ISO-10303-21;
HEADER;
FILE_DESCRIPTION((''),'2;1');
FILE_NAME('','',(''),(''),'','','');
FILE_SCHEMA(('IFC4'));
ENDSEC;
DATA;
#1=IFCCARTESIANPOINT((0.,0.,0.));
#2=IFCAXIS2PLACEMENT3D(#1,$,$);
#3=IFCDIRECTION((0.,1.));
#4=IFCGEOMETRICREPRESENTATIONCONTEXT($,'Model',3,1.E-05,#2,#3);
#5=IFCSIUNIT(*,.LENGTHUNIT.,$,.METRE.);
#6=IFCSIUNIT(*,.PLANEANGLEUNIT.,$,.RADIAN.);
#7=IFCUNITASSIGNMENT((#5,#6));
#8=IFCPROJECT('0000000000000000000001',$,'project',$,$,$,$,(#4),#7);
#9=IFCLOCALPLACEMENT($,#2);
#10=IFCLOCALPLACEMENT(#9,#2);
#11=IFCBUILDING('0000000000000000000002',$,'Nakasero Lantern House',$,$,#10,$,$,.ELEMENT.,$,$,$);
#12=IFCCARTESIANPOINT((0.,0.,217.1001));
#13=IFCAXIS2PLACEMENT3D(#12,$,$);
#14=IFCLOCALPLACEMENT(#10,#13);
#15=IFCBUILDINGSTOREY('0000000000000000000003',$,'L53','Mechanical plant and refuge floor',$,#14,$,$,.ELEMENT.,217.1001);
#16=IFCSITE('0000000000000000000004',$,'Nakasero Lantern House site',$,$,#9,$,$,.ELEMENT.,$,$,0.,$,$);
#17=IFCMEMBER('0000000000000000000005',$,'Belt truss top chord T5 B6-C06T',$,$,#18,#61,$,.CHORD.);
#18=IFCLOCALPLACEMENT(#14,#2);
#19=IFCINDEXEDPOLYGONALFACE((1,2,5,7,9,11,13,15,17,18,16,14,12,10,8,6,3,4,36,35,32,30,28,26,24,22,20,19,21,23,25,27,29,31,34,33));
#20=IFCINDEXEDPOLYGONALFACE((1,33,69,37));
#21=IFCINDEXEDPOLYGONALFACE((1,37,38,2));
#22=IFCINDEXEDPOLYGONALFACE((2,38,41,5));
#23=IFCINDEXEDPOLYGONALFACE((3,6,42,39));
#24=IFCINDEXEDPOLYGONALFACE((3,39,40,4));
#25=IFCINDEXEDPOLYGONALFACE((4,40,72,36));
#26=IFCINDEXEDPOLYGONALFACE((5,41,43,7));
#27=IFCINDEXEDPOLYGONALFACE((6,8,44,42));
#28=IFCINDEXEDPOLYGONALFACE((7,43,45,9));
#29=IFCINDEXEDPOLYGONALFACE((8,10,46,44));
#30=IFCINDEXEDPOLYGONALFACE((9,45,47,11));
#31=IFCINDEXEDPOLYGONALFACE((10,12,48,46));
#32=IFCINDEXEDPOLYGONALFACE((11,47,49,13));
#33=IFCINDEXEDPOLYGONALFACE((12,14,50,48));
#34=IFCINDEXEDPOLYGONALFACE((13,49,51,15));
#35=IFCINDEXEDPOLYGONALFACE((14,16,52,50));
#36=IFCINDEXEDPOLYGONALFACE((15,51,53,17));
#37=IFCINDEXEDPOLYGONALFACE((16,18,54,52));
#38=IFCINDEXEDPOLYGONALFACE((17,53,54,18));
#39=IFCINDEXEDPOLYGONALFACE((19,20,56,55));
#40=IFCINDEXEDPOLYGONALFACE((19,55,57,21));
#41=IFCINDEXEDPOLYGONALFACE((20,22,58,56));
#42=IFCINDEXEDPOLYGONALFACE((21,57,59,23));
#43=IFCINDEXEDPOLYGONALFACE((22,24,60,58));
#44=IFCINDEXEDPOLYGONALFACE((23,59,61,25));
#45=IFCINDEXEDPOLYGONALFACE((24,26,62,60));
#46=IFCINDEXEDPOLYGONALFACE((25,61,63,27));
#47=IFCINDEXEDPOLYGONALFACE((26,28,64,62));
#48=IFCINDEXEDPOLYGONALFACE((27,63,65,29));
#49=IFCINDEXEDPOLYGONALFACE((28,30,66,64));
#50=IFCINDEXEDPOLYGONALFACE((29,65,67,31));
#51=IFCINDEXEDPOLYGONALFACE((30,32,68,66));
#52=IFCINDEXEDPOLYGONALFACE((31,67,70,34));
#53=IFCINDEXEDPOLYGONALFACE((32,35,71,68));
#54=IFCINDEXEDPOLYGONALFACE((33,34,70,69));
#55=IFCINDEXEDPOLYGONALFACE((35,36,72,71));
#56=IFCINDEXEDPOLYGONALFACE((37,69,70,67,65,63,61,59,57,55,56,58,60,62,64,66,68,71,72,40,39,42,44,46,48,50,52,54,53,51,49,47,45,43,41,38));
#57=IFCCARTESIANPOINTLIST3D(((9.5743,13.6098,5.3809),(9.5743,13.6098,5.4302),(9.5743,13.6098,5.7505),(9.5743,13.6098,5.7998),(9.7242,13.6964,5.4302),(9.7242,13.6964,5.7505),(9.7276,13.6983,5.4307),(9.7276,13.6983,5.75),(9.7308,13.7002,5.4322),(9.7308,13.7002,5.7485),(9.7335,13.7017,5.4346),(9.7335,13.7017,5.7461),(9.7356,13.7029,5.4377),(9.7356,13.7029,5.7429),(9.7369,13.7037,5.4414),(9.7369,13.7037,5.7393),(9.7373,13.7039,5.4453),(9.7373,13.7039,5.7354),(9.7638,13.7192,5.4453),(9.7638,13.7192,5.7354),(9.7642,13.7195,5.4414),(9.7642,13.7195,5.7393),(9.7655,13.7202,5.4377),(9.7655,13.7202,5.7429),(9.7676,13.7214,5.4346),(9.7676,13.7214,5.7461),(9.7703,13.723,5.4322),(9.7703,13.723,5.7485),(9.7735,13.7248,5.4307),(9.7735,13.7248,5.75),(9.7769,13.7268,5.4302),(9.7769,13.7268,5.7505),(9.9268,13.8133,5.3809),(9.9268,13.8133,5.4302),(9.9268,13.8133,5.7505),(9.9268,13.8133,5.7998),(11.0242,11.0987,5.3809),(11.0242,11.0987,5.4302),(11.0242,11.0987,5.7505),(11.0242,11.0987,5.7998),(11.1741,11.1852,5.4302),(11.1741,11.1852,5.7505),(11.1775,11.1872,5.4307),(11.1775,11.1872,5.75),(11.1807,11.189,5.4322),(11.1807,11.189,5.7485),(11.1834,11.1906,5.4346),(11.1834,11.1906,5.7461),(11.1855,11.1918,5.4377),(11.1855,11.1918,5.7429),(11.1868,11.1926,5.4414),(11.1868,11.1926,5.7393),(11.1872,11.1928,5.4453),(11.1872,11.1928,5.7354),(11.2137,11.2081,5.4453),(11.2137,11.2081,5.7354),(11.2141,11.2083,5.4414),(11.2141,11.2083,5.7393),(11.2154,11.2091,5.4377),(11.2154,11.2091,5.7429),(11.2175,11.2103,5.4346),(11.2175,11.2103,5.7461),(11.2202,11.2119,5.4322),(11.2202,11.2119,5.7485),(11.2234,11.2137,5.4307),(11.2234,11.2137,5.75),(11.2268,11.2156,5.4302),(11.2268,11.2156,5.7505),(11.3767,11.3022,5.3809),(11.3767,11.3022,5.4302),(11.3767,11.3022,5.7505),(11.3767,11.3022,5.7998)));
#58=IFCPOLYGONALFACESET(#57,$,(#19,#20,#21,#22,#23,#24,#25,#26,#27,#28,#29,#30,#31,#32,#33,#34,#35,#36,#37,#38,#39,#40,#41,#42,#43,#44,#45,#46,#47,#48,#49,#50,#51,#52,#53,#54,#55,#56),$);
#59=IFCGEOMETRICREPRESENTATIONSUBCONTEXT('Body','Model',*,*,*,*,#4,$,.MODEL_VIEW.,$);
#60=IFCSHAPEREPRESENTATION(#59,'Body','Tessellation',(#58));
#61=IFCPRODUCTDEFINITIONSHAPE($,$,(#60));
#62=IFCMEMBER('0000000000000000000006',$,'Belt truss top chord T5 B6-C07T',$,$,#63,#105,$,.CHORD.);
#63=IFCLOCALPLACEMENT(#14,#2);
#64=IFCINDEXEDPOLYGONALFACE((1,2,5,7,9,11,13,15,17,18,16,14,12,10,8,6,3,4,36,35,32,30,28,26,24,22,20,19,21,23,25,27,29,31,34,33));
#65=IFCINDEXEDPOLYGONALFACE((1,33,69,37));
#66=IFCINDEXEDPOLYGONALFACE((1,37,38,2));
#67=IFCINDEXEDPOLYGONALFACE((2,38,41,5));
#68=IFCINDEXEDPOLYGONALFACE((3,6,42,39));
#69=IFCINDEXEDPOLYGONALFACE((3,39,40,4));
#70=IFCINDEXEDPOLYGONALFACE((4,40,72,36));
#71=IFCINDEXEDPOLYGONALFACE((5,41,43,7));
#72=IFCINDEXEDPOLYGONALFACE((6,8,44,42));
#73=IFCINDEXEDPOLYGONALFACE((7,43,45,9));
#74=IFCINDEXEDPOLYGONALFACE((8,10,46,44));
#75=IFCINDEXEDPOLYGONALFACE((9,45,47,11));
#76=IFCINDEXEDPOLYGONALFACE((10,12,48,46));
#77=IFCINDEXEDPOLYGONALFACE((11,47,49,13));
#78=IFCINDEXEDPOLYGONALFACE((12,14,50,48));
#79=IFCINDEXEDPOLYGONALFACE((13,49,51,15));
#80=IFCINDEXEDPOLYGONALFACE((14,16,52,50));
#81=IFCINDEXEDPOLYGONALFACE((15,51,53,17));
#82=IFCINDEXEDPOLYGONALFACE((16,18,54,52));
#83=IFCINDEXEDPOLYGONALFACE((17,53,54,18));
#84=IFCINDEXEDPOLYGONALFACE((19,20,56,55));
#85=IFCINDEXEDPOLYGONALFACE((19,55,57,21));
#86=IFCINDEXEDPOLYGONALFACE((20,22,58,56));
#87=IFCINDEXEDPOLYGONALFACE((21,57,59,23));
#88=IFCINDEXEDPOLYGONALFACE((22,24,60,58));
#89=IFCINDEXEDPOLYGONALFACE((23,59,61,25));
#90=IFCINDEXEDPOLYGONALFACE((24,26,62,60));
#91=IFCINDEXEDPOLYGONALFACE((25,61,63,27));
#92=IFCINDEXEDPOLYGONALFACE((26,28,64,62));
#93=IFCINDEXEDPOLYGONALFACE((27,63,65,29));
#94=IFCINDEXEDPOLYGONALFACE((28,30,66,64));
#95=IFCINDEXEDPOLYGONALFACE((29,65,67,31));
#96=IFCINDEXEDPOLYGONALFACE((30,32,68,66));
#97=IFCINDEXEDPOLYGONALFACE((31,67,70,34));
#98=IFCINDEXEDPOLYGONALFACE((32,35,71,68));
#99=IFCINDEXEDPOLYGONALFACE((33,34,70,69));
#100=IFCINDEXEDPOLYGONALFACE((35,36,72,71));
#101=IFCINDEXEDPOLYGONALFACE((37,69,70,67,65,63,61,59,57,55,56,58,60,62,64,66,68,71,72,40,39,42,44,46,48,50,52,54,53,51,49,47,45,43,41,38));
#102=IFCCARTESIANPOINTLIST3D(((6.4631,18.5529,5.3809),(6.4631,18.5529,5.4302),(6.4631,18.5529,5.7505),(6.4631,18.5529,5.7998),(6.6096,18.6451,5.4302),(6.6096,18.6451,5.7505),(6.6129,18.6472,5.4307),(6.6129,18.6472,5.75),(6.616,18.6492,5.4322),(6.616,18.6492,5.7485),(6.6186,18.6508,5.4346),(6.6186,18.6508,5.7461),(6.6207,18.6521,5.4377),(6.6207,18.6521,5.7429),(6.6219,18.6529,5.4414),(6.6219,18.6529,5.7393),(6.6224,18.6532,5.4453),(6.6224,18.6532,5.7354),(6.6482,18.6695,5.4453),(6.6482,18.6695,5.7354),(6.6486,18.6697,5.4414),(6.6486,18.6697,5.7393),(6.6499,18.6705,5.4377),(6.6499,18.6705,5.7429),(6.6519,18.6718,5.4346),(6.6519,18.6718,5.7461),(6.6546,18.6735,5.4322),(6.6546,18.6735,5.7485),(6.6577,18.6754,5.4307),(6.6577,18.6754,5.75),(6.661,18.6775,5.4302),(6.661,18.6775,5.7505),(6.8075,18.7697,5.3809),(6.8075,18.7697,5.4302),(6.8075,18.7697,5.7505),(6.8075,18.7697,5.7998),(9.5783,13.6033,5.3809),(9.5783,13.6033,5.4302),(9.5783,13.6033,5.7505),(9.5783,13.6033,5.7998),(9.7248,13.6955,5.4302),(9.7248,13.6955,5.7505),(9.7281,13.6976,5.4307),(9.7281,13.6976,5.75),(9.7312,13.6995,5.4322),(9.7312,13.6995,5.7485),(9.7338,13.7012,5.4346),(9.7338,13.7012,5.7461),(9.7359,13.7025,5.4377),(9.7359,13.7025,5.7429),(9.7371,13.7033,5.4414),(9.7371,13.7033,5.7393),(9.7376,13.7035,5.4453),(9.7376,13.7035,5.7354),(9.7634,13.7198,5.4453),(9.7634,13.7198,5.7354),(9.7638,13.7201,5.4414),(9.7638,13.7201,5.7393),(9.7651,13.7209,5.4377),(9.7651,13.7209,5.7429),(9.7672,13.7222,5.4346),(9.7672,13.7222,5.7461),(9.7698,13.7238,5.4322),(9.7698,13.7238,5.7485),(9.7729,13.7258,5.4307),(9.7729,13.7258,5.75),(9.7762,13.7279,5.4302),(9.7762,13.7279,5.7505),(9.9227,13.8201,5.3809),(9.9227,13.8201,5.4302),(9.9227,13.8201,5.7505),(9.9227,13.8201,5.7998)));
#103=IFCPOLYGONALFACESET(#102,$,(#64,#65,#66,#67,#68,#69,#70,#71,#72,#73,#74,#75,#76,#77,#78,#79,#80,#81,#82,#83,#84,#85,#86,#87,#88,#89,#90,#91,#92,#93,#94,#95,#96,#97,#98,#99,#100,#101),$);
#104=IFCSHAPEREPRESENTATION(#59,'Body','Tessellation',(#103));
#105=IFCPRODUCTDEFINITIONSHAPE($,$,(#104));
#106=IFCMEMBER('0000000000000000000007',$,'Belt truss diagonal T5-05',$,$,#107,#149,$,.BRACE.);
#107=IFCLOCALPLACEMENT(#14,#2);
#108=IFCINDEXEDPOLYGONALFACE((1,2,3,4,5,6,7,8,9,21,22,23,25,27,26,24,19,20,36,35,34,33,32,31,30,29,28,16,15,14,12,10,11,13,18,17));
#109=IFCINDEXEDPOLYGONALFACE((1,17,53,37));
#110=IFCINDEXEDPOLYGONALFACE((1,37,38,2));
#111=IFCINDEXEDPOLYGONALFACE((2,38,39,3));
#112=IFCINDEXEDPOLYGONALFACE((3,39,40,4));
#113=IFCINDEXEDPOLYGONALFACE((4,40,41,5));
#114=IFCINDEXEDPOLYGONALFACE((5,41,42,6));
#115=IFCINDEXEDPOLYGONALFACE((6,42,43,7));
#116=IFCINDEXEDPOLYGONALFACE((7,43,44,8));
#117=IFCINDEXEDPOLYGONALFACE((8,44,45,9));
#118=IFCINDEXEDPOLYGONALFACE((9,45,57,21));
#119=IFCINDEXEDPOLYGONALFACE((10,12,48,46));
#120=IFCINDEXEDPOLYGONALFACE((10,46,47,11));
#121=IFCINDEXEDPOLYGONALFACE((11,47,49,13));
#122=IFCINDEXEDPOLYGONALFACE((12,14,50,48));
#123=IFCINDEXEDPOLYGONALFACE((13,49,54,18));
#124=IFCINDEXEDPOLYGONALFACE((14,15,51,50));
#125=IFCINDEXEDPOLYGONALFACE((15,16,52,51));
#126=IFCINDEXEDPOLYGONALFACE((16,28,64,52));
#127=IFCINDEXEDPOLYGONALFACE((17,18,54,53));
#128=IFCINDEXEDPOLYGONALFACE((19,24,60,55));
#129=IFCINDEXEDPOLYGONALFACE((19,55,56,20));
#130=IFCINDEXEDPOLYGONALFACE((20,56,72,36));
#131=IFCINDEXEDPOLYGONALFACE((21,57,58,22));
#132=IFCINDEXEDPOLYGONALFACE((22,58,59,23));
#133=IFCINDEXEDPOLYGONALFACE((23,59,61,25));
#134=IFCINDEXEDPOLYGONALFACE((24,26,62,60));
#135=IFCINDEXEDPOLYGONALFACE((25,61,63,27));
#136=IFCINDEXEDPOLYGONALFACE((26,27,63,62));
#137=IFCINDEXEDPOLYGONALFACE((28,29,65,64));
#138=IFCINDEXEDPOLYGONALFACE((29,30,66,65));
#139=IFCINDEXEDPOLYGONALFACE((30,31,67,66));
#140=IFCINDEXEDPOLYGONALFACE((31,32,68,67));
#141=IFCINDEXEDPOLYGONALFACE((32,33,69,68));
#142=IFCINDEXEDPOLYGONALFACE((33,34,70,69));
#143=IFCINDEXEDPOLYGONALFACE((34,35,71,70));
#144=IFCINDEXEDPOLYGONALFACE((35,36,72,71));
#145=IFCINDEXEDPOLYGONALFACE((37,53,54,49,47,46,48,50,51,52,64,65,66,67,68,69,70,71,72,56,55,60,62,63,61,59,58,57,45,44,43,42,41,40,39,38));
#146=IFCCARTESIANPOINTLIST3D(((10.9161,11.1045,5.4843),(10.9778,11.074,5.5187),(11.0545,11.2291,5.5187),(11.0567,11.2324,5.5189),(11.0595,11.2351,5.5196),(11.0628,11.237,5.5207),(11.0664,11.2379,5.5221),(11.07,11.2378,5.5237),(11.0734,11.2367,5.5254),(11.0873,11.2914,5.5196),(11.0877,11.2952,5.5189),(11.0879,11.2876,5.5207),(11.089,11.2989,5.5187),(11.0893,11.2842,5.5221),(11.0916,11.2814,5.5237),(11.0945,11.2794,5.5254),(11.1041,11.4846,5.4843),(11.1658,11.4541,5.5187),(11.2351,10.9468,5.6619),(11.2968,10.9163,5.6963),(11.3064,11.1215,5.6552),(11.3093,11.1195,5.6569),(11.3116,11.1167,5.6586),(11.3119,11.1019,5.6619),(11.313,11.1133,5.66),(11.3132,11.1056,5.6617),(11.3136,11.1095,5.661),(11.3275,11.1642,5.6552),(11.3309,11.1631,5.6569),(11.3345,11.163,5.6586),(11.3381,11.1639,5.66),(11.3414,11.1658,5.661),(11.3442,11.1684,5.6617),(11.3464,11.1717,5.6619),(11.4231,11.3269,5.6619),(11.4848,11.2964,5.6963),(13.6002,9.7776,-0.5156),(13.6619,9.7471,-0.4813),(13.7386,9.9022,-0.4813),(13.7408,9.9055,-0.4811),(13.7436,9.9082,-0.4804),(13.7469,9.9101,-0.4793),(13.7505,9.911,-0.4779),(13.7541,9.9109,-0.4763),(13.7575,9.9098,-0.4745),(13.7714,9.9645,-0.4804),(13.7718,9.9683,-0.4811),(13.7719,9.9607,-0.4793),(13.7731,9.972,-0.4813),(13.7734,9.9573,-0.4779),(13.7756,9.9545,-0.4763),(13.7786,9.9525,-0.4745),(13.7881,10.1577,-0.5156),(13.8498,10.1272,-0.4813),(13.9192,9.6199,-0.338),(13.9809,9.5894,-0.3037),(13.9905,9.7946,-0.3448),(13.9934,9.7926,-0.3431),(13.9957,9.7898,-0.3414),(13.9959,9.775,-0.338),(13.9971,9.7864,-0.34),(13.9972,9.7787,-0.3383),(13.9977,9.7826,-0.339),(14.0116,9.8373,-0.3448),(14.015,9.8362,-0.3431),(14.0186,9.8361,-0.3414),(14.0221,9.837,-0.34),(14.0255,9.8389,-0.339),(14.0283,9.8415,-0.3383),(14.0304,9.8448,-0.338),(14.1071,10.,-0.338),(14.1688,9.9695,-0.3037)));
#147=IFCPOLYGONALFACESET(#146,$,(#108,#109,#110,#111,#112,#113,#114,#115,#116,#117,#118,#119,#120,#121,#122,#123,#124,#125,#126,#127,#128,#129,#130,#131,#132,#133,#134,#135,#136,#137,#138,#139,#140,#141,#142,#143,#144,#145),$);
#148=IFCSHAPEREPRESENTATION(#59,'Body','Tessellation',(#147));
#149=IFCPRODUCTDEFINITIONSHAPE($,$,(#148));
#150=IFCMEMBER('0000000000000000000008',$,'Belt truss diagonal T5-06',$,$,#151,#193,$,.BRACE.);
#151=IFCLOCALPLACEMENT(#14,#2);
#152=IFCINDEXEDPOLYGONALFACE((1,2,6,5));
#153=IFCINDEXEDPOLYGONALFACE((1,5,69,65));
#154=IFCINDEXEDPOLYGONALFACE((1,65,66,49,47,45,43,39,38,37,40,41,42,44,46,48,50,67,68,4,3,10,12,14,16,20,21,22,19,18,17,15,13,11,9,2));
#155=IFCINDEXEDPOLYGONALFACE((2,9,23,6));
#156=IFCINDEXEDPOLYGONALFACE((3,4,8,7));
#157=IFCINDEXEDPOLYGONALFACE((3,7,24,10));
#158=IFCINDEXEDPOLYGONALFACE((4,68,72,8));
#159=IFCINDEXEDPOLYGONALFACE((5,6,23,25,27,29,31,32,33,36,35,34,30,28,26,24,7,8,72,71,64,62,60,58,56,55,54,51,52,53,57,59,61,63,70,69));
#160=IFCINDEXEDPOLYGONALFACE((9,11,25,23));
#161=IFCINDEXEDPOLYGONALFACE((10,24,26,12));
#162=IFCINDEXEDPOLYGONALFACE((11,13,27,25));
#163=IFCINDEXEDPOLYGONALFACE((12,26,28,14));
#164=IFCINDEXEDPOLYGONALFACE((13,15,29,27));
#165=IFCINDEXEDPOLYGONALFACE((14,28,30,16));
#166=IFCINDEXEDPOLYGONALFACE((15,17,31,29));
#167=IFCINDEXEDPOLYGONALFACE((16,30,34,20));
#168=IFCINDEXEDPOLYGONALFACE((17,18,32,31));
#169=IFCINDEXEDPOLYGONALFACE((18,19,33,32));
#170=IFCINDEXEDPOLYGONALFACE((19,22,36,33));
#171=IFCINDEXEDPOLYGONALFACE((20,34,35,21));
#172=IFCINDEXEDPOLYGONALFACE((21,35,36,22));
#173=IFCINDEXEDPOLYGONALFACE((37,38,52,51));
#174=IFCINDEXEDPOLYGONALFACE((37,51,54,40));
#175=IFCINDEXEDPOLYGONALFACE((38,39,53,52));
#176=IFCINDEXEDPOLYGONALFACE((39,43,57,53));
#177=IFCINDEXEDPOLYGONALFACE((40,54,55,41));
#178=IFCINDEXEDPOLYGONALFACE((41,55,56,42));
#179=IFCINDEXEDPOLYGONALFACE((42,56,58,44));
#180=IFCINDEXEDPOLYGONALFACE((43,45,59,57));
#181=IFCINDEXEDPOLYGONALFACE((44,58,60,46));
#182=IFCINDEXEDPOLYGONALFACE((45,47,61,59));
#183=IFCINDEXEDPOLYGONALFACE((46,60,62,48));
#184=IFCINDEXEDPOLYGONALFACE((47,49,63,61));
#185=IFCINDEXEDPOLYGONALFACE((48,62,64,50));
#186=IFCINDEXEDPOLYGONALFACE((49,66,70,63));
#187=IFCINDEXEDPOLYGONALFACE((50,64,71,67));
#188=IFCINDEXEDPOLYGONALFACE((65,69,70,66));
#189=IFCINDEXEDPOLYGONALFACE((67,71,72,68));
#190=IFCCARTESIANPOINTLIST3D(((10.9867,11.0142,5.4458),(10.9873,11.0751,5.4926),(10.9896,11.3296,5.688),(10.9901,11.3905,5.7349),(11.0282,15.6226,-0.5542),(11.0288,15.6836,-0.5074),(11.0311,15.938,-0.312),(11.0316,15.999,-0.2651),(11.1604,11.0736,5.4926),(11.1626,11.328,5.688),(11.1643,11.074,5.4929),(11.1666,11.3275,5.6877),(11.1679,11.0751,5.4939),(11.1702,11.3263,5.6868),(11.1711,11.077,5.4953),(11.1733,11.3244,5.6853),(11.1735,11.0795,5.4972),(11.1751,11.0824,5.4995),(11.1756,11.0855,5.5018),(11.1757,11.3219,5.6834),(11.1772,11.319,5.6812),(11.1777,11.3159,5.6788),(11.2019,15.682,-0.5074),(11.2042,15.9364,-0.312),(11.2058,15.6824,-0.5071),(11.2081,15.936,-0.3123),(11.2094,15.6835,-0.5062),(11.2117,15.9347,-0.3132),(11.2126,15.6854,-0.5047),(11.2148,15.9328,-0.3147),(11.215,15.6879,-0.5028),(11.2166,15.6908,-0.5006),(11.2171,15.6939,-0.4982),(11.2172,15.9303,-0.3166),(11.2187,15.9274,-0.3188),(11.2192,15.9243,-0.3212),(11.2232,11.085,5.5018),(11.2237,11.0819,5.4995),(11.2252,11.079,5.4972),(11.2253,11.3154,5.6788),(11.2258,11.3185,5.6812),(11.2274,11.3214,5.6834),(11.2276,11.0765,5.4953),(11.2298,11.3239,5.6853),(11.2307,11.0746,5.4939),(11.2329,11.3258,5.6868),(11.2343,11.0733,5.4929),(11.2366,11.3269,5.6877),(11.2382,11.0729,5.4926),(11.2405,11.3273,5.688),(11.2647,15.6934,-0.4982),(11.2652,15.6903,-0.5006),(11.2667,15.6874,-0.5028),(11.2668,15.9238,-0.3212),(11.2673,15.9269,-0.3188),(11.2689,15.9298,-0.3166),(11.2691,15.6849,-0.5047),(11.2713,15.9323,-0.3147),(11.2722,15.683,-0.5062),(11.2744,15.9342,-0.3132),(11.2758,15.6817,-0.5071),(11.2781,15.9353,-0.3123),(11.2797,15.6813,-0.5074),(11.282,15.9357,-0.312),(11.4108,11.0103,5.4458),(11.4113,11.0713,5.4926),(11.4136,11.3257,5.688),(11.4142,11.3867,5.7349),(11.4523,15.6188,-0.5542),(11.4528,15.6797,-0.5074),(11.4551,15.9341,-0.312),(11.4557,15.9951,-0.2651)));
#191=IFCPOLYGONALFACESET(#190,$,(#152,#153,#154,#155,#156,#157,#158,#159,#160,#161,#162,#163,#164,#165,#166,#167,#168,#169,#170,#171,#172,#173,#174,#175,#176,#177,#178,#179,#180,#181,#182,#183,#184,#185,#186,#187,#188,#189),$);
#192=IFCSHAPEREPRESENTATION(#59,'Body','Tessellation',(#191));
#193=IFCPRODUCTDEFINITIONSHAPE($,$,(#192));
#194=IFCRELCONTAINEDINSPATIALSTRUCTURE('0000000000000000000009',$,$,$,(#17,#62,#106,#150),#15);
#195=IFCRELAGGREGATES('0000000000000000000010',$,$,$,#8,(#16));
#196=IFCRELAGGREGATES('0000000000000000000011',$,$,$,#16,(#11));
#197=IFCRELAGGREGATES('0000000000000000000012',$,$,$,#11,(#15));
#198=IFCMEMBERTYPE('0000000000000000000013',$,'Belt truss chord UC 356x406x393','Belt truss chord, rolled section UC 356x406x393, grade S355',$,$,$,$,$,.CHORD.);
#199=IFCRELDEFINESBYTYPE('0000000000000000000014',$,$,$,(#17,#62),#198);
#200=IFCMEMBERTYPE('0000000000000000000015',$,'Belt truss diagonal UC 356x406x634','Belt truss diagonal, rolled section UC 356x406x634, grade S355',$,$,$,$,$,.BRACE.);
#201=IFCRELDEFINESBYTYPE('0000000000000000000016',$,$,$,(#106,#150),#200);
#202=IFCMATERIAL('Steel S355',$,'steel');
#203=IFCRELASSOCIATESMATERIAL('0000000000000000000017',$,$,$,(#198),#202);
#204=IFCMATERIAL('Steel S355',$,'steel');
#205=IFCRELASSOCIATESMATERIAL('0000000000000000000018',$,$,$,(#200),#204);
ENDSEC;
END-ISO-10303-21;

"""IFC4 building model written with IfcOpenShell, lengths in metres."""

from ifc_helpers import new_model, si_unit, direction, frame, origin, origin_2d, place, context, subcontext, project, spatial, i_section, extrude, material, material_profile, profile_set, type_object, element, save


model = new_model("IFC4")

# Units and contexts
model_context = context("Model", 3, precision=1e-05, world=origin(), true_north=direction((0.0, 1.0)))
body_context = subcontext(model_context, "Body", "Model", "MODEL_VIEW")
ifc_project = project(units=[si_unit("LENGTHUNIT", "METRE"), si_unit("PLANEANGLEUNIT", "RADIAN")], contexts=[model_context])

# Site, building, storey
site_placement = place(None, origin())
site = spatial("IfcSite", under=ifc_project, at=site_placement, Name="Nakasero Lantern House site", CompositionType="ELEMENT", RefElevation=0.0)
building_placement = place(site_placement, origin())
building = spatial("IfcBuilding", under=site, at=building_placement, Name="Nakasero Lantern House", CompositionType="ELEMENT")
storey_placement = place(building_placement, frame((0.0, 0.0, 217.1001)))
storey = spatial("IfcBuildingStorey", under=building, at=storey_placement, Name="L53", Description="Mechanical plant and refuge floor", CompositionType="ELEMENT", Elevation=217.1001)

# Members
ifc_material_1 = material(Name="Steel S355", Category="steel")
ifc_material_profile_1 = material_profile(ifc_material_1, i_section(OverallWidth=0.407, OverallDepth=0.4189, WebThickness=0.0305, FlangeThickness=0.0493, FilletRadius=0.0151, at=origin_2d()), Name="UC 356x406x393")
ifc_profile_set_1 = profile_set([ifc_material_profile_1], Name="Steel S355")
member_type_1 = type_object("IfcMemberType", Name="Belt truss chord UC 356x406x393", Description="Belt truss chord, rolled section UC 356x406x393, grade S355", PredefinedType="CHORD", material=ifc_profile_set_1)
member_1_placement = place(storey_placement, frame((11.2004, 11.2004, 5.5903), z_axis=(-0.500024, 0.866012, 0.0), x_axis=(-0.866012, -0.500024, 0.0)))
element("IfcMember", 1, at=member_1_placement, inside=storey, type_object=member_type_1, Name="Belt truss top chord T5 B6-C06T", PredefinedType="CHORD", context=body_context, shape_type="SweptSolid", body=[
    extrude(i_section(OverallWidth=0.407, OverallDepth=0.4189, WebThickness=0.0305, FlangeThickness=0.0493, FilletRadius=0.0151, at=origin_2d()), origin(), (0.0, 0.0, 1.0), 2.8997),
])
member_2_placement = place(storey_placement, frame((9.7505, 13.7117, 5.5903), z_axis=(-0.53266, 0.846329, 0.0), x_axis=(-0.846329, -0.53266, 0.0)))
element("IfcMember", 2, at=member_2_placement, inside=storey, type_object=member_type_1, Name="Belt truss top chord T5 B6-C07T", PredefinedType="CHORD", context=body_context, shape_type="SweptSolid", body=[
    extrude(i_section(OverallWidth=0.407, OverallDepth=0.4189, WebThickness=0.0305, FlangeThickness=0.0493, FilletRadius=0.0151, at=origin_2d()), origin(), (0.0, 0.0, 1.0), 5.8484),
])
ifc_material_2 = material(Name="Steel S355", Category="steel")
ifc_material_profile_2 = material_profile(ifc_material_2, i_section(OverallWidth=0.4241, OverallDepth=0.4746, WebThickness=0.0476, FlangeThickness=0.0769, FilletRadius=0.0151, at=origin_2d()), Name="UC 356x406x634")
ifc_profile_set_2 = profile_set([ifc_material_profile_2], Name="Steel S355")
member_type_2 = type_object("IfcMemberType", Name="Belt truss diagonal UC 356x406x634", Description="Belt truss diagonal, rolled section UC 356x406x634, grade S355", PredefinedType="BRACE", material=ifc_profile_set_2)
member_3_placement = place(storey_placement, frame((13.8845, 9.8735, -0.4097), z_axis=(-0.400275, 0.19788, 0.894776), x_axis=(-0.443165, -0.89644, 0.0)))
element("IfcMember", 3, at=member_3_placement, inside=storey, type_object=member_type_2, Name="Belt truss diagonal T5-05", PredefinedType="BRACE", context=body_context, shape_type="SweptSolid", body=[
    extrude(i_section(OverallWidth=0.4241, OverallDepth=0.4746, WebThickness=0.0476, FlangeThickness=0.0769, FilletRadius=0.0151, at=origin_2d()), origin(), (0.0, 0.0, 1.0), 6.7056),
])
member_4_placement = place(storey_placement, frame((11.2004, 11.2004, 5.5903), z_axis=(0.005486, 0.609121, -0.793058), x_axis=(-0.999959, 0.009006, 0.0)))
element("IfcMember", 4, at=member_4_placement, inside=storey, type_object=member_type_2, Name="Belt truss diagonal T5-06", PredefinedType="BRACE", context=body_context, shape_type="SweptSolid", body=[
    extrude(i_section(OverallWidth=0.4241, OverallDepth=0.4746, WebThickness=0.0476, FlangeThickness=0.0769, FilletRadius=0.0151, at=origin_2d()), origin(), (0.0, 0.0, 1.0), 7.5657),
])

save(model, "model.ifc")
